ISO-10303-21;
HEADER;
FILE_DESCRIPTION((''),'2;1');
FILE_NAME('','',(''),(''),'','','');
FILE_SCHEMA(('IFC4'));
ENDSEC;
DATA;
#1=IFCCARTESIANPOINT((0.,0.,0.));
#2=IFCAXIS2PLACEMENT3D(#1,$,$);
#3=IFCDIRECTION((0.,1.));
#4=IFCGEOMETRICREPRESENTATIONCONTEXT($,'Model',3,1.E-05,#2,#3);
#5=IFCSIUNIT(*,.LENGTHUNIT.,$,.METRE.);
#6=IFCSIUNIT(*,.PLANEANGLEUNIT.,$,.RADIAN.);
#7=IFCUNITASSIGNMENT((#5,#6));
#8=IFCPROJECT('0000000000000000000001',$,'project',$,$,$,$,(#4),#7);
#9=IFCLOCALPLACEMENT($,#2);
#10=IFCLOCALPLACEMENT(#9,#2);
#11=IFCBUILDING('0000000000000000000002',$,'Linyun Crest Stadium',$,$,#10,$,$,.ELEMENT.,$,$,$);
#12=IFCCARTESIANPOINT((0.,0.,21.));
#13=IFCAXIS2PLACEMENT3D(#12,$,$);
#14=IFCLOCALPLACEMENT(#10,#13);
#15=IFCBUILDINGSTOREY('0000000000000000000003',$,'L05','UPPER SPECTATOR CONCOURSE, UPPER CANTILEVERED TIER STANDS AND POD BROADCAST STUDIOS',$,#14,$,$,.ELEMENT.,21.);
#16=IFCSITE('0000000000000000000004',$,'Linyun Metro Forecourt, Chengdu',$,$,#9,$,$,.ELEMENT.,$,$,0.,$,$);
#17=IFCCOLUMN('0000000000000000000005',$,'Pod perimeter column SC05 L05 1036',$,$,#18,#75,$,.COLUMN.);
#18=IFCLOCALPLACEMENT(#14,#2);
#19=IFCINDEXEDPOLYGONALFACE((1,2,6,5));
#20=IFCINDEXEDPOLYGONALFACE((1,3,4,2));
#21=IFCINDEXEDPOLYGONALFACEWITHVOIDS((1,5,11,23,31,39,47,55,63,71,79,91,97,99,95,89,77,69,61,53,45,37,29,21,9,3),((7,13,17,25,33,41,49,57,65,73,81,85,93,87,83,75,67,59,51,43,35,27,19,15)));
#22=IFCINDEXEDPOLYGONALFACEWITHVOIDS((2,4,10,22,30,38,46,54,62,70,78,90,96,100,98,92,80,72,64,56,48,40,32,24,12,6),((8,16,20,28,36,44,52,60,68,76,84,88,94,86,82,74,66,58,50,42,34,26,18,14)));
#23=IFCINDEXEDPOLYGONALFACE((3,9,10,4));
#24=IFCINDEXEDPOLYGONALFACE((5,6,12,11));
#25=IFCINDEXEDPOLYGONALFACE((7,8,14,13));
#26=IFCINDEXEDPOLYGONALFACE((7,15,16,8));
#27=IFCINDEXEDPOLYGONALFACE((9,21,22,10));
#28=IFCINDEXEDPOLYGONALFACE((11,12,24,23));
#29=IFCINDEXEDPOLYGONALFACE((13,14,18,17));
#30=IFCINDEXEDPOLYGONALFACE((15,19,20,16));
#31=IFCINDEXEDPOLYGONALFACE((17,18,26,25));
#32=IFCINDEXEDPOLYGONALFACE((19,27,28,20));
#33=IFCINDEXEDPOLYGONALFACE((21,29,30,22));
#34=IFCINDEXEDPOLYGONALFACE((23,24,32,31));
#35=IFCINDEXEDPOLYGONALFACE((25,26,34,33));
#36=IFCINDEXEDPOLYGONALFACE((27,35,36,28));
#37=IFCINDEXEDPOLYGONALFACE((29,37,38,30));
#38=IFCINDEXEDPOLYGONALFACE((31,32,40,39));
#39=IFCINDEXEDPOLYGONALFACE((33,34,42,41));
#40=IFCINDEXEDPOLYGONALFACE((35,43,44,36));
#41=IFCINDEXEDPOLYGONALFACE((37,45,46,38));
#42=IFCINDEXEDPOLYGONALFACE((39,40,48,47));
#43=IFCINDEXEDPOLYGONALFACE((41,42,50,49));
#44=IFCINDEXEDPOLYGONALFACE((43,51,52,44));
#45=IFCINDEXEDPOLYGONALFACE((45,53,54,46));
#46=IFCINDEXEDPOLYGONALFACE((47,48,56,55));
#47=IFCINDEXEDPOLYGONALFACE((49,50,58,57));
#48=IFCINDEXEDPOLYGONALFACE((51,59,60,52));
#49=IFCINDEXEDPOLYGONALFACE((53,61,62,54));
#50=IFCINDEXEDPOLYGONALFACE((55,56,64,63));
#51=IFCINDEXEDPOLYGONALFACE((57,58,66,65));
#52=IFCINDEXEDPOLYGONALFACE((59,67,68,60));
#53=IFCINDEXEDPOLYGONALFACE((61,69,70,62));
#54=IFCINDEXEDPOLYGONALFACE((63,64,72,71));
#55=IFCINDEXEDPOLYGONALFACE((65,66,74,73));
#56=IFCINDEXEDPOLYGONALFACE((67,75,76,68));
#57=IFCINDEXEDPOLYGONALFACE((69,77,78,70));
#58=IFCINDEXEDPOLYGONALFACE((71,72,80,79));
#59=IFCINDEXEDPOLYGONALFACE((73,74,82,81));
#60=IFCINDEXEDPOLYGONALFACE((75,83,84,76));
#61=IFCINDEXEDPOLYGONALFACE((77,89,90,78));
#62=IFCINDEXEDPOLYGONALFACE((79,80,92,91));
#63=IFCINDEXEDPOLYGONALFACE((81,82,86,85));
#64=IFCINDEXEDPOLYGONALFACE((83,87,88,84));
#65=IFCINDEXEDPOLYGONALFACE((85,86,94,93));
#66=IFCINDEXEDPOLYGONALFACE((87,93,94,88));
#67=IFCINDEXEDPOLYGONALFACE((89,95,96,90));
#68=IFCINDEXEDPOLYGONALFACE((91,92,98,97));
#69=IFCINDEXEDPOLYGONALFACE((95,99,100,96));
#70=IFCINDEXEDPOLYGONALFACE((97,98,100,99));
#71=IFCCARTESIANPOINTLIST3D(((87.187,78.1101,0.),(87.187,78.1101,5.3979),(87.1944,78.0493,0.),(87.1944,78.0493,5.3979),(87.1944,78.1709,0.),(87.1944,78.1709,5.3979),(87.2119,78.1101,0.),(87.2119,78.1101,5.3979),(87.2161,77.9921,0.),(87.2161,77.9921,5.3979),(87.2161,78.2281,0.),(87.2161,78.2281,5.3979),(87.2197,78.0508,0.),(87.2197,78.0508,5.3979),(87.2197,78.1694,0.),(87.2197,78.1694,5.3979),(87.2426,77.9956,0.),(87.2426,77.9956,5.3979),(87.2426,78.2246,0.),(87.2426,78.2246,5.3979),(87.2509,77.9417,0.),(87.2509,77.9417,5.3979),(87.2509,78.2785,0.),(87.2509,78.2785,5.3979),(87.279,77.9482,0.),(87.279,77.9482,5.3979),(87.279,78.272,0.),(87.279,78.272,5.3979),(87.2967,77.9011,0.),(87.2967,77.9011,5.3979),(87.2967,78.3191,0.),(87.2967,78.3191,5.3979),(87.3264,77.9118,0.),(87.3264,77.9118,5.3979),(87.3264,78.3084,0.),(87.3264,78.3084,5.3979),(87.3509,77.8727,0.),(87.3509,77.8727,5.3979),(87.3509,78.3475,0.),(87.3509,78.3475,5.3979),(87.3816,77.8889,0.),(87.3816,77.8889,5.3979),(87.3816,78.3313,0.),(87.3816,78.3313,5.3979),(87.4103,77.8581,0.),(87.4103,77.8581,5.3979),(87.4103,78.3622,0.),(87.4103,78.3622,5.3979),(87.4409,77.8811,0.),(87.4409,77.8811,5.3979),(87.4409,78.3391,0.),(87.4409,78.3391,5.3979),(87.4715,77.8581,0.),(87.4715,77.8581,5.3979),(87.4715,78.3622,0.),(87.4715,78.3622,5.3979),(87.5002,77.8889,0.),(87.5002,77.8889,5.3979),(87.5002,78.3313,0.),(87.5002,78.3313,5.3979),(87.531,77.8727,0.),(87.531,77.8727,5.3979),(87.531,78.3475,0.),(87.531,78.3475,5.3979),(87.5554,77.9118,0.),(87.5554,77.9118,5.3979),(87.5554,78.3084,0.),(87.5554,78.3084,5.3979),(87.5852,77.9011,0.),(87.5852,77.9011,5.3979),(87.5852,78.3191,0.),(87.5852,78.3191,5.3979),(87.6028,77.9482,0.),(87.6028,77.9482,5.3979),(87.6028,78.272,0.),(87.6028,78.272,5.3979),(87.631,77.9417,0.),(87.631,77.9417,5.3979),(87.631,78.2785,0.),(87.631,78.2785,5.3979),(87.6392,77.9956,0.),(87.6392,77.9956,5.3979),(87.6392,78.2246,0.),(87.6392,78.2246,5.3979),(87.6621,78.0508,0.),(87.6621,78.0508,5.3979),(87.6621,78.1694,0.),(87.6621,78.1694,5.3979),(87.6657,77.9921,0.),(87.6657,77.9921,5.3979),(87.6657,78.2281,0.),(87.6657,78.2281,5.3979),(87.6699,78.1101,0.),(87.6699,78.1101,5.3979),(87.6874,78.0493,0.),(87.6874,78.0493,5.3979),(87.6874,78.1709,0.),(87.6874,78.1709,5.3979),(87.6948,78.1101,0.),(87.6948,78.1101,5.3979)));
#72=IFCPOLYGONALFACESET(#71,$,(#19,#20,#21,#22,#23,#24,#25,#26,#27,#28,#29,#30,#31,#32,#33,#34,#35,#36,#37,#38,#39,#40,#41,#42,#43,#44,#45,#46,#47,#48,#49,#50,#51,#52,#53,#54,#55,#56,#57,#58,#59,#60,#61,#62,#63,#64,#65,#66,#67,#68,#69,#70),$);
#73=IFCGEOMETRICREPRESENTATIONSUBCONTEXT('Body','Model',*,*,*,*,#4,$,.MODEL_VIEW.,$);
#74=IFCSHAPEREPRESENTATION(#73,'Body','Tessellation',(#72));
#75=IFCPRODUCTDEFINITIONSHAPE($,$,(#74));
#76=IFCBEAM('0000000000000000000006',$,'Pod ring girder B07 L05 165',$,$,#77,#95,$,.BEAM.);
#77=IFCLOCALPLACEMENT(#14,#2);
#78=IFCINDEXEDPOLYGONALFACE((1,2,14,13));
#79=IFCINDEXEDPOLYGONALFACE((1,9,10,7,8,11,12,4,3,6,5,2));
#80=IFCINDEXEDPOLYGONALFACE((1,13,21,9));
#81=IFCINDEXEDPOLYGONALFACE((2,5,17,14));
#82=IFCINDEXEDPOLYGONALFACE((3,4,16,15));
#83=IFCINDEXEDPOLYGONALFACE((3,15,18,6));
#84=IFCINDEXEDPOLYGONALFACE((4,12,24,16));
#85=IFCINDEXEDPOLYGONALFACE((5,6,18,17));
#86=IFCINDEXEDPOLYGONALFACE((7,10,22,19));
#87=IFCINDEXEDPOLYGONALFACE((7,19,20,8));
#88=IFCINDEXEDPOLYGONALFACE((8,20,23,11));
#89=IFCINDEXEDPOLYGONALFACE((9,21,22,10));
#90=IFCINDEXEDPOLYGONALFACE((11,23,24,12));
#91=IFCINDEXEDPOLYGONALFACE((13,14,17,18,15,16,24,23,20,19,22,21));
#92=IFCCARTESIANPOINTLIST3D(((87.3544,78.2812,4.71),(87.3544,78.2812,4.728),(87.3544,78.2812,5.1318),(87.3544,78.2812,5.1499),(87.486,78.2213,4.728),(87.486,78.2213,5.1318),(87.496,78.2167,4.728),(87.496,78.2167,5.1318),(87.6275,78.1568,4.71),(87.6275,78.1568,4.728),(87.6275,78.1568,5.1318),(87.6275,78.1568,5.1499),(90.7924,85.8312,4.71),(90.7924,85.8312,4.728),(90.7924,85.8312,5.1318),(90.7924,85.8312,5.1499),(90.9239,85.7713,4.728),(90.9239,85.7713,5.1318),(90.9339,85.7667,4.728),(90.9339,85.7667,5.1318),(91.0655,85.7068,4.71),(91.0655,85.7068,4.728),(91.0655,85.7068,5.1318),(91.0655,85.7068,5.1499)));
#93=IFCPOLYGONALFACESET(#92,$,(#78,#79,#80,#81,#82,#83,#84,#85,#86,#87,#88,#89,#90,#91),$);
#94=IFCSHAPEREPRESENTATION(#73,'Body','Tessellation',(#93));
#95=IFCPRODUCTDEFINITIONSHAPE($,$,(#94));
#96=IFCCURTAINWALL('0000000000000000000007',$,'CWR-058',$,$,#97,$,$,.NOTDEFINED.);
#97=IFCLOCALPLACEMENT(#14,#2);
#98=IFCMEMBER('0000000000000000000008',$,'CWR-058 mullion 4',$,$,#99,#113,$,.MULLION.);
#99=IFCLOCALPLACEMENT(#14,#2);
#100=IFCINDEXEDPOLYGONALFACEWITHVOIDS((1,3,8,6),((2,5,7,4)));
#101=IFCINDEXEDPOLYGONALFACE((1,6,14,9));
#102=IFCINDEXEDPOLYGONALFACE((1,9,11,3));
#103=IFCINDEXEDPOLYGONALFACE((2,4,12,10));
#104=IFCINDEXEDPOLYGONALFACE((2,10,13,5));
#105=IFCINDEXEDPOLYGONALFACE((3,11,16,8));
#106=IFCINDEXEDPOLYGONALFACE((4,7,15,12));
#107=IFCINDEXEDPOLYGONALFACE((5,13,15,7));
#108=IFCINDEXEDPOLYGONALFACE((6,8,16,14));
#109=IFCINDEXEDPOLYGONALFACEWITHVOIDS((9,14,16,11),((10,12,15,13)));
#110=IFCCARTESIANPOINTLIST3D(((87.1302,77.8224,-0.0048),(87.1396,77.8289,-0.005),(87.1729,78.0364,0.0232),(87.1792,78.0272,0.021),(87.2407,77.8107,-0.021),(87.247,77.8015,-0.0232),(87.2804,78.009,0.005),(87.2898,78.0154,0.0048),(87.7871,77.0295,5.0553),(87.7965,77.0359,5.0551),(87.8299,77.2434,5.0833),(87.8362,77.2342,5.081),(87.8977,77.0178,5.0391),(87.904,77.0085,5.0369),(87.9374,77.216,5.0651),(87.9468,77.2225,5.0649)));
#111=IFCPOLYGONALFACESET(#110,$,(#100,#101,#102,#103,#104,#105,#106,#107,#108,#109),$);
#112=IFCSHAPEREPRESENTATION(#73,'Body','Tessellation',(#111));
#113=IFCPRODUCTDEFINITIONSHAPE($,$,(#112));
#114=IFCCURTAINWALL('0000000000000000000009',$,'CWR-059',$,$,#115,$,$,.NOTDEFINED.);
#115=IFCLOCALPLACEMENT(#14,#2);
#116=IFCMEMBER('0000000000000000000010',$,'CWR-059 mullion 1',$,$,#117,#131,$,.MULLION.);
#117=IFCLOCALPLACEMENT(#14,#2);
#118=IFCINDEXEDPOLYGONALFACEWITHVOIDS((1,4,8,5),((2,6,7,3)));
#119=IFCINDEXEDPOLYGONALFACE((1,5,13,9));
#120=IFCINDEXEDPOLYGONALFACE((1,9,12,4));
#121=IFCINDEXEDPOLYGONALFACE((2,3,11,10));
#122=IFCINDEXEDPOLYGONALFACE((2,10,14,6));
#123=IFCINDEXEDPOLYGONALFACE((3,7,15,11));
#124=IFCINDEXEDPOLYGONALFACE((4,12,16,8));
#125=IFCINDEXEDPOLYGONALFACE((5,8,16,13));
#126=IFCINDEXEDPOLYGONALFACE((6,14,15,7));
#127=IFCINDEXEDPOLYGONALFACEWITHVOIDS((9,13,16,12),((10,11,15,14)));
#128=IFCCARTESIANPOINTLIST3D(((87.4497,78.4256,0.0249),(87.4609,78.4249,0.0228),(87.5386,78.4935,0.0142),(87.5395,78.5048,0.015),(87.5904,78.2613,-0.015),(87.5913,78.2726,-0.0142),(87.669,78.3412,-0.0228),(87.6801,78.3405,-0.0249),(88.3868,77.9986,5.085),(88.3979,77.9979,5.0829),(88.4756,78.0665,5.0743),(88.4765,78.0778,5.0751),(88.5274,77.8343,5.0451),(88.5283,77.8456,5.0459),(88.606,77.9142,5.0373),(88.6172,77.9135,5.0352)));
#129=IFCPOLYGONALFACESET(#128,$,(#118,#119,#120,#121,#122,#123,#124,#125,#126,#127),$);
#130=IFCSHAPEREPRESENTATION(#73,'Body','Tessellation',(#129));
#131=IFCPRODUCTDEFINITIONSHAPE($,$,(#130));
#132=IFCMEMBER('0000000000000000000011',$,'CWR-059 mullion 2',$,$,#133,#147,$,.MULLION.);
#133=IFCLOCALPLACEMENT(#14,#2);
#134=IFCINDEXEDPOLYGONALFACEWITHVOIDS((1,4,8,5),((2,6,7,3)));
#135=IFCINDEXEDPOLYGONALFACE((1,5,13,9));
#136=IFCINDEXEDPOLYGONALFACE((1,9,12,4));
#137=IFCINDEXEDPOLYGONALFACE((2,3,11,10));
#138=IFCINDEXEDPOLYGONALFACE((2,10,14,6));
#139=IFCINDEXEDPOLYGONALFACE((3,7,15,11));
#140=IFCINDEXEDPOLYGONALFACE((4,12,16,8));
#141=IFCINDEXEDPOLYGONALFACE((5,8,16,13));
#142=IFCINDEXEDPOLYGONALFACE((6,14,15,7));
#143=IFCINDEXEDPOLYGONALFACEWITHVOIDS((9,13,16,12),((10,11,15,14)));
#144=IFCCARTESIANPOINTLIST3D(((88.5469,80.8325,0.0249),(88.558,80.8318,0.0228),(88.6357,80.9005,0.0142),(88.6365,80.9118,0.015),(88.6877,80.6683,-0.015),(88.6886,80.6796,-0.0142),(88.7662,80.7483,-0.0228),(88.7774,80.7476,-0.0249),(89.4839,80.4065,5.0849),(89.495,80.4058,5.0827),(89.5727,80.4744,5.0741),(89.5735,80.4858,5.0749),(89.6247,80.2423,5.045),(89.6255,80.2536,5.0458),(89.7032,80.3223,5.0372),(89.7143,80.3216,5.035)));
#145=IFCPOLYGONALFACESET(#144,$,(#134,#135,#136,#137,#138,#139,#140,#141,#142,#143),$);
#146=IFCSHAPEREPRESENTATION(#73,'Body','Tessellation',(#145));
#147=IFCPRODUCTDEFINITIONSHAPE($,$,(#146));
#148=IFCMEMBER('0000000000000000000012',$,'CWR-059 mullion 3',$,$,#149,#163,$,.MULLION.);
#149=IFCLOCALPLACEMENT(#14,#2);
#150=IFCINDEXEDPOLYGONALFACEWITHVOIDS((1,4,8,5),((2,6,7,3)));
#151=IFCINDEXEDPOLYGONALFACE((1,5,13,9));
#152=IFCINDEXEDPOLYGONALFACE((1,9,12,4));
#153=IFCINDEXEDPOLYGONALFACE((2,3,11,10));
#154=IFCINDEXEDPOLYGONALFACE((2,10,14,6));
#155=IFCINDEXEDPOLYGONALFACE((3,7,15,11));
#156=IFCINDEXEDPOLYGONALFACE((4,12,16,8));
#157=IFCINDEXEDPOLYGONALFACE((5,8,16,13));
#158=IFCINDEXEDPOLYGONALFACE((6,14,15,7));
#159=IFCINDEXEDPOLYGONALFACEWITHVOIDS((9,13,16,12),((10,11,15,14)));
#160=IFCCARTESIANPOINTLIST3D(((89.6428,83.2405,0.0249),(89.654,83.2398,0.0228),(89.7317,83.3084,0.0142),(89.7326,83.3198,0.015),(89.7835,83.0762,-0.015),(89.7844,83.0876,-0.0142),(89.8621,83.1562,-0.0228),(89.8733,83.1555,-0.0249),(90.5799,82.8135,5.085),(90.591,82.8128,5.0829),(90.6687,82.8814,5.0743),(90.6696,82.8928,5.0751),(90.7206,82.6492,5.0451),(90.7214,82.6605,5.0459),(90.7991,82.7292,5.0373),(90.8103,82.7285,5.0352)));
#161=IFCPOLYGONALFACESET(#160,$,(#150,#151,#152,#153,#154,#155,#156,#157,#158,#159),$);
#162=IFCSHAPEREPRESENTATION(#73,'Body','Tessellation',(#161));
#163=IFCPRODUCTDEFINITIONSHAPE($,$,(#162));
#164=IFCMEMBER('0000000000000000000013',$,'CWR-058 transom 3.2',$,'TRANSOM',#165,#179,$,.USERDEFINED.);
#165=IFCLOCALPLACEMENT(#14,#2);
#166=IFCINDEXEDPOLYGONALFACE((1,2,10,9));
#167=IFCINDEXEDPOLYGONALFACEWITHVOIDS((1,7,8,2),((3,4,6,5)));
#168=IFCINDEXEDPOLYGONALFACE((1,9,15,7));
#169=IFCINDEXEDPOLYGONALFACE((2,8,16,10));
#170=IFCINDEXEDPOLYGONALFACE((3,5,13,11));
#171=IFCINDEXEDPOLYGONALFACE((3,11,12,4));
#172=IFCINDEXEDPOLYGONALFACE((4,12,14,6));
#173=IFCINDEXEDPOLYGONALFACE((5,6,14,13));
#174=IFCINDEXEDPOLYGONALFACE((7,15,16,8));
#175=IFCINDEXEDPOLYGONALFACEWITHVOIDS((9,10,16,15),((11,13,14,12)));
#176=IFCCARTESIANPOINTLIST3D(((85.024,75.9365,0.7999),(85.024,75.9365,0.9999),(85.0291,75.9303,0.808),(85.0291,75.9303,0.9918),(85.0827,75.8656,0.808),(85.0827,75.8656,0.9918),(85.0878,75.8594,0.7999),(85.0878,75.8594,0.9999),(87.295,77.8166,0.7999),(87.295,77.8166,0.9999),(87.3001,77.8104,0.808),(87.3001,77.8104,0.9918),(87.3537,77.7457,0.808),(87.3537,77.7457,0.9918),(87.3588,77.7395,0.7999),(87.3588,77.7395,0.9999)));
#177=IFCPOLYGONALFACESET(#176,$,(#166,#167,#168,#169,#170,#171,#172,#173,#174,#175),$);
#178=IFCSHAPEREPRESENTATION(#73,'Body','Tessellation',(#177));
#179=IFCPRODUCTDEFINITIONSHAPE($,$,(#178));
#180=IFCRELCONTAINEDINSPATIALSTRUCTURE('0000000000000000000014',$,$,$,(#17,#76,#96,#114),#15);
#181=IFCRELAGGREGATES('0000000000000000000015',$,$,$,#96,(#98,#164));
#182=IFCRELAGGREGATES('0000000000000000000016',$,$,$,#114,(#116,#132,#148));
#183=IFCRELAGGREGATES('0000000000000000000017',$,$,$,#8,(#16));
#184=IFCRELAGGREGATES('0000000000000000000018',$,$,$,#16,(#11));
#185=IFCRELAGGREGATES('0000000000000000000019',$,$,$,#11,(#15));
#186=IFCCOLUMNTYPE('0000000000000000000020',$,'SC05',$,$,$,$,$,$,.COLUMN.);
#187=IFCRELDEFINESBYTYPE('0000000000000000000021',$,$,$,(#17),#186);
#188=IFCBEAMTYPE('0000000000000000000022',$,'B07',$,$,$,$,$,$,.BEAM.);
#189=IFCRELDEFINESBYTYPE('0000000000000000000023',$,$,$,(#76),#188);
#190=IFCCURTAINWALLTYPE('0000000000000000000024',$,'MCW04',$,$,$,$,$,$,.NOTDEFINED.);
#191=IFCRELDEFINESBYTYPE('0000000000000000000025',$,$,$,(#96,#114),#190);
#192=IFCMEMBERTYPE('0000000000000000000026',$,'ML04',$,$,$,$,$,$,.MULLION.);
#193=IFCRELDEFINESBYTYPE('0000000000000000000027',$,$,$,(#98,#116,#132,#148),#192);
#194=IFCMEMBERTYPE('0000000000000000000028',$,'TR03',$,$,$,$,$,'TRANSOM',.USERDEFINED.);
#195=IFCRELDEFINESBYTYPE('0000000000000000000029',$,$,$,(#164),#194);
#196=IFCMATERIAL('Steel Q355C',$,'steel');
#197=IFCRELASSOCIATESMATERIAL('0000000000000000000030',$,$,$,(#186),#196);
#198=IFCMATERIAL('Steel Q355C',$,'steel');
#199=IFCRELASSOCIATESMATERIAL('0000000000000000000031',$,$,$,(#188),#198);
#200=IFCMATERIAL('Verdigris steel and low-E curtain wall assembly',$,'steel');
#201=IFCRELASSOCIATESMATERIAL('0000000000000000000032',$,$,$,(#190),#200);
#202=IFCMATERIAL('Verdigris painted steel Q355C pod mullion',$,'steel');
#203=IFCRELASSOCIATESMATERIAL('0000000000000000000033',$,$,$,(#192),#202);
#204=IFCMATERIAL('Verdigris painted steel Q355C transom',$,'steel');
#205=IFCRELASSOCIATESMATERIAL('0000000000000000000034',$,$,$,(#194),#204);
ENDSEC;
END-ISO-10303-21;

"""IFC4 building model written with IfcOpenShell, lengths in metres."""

from ifc_helpers import new_model, si_unit, direction, frame, origin, origin_2d, place, context, subcontext, project, spatial, hollow_rectangle, hollow_circle, i_section, extrude, material, material_profile, profile_set, type_object, element, aggregate, save


model = new_model("IFC4")

# Units and contexts
model_context = context("Model", 3, precision=1e-05, world=origin(), true_north=direction((0.0, 1.0)))
body_context = subcontext(model_context, "Body", "Model", "MODEL_VIEW")
ifc_project = project(units=[si_unit("LENGTHUNIT", "METRE"), si_unit("PLANEANGLEUNIT", "RADIAN")], contexts=[model_context])

# Site, building, storey
site_placement = place(None, origin())
site = spatial("IfcSite", under=ifc_project, at=site_placement, Name="Linyun Metro Forecourt, Chengdu", CompositionType="ELEMENT", RefElevation=0.0)
building_placement = place(site_placement, origin())
building = spatial("IfcBuilding", under=site, at=building_placement, Name="Linyun Crest Stadium", CompositionType="ELEMENT")
storey_placement = place(building_placement, frame((0.0, 0.0, 21.0)))
storey = spatial("IfcBuildingStorey", under=building, at=storey_placement, Name="L05", Description="UPPER SPECTATOR CONCOURSE, UPPER CANTILEVERED TIER STANDS AND POD BROADCAST STUDIOS", CompositionType="ELEMENT", Elevation=21.0)

# Column
ifc_material_1 = material(Name="Steel Q355C", Category="steel")
ifc_material_profile_1 = material_profile(ifc_material_1, hollow_circle(Radius=0.2539, WallThickness=0.0249, at=origin_2d()), Name="CHS 508x25")
ifc_profile_set_1 = profile_set([ifc_material_profile_1], Name="Steel Q355C")
column_type = type_object("IfcColumnType", Name="SC05", PredefinedType="COLUMN", material=ifc_profile_set_1)
column_placement = place(storey_placement, frame((87.4409, 78.1101, 0.0), z_axis=(0.0, 0.0, 1.0), x_axis=(1.0, 0.0, 0.0)))
element("IfcColumn", 1, at=column_placement, inside=storey, type_object=column_type, Name="Pod perimeter column SC05 L05 1036", PredefinedType="COLUMN", context=body_context, shape_type="SweptSolid", body=[
    extrude(hollow_circle(Radius=0.2539, WallThickness=0.0249, at=origin_2d()), origin(), (0.0, 0.0, 1.0), 5.3979),
])

# Beam
ifc_material_2 = material(Name="Steel Q355C", Category="steel")
ifc_material_profile_2 = material_profile(ifc_material_2, i_section(OverallWidth=0.3, OverallDepth=0.4399, WebThickness=0.011, FlangeThickness=0.0181, at=origin_2d()), Name="HM 440x300")
ifc_profile_set_2 = profile_set([ifc_material_profile_2], Name="Steel Q355C")
beam_type = type_object("IfcBeamType", Name="B07", PredefinedType="BEAM", material=ifc_profile_set_2)
beam_placement = place(storey_placement, frame((87.491, 78.219, 4.9299), z_axis=(0.414417, 0.910087, 0.0), x_axis=(-0.910087, 0.414417, 0.0)))
element("IfcBeam", 2, at=beam_placement, inside=storey, type_object=beam_type, Name="Pod ring girder B07 L05 165", PredefinedType="BEAM", context=body_context, shape_type="SweptSolid", body=[
    extrude(i_section(OverallWidth=0.3, OverallDepth=0.4399, WebThickness=0.011, FlangeThickness=0.0181, at=origin_2d()), origin(), (0.0, 0.0, 1.0), 8.2959),
])

# Curtain wall, member
ifc_material_3 = material(Name="Verdigris steel and low-E curtain wall assembly", Category="steel")
curtain_wall_type = type_object("IfcCurtainWallType", Name="MCW04", PredefinedType="NOTDEFINED", material=ifc_material_3)
curtain_wall_1_placement = place(storey_placement, origin())
curtain_wall_1 = element("IfcCurtainWall", 3, at=curtain_wall_1_placement, inside=storey, type_object=curtain_wall_type, Name="CWR-058", PredefinedType="NOTDEFINED")
ifc_material_4 = material(Name="Verdigris painted steel Q355C pod mullion", Category="steel")
ifc_material_profile_3 = material_profile(ifc_material_4, hollow_rectangle(XDim=0.1201, YDim=0.22, WallThickness=0.0081, at=origin_2d()), Name="RHS 220x120x8")
ifc_profile_set_3 = profile_set([ifc_material_profile_3], Name="Verdigris painted steel Q355C pod mullion")
member_type_1 = type_object("IfcMemberType", Name="ML04", PredefinedType="MULLION", material=ifc_profile_set_3)
member_1_placement = place(storey_placement, frame((87.21, 77.9189, 0.0), z_axis=(0.127229, -0.153564, 0.979914), x_axis=(-0.972619, 0.174403, 0.153613)))
member_1 = element("IfcMember", 4, at=member_1_placement, type_object=member_type_1, Name="CWR-058 mullion 4", PredefinedType="MULLION", context=body_context, shape_type="SweptSolid", body=[
    extrude(hollow_rectangle(XDim=0.1201, YDim=0.22, WallThickness=0.0081, at=origin_2d()), origin(), (0.0, 0.0, 1.0), 5.1638),
])

# Curtain wall, members
curtain_wall_2_placement = place(storey_placement, origin())
curtain_wall_2 = element("IfcCurtainWall", 5, at=curtain_wall_2_placement, inside=storey, type_object=curtain_wall_type, Name="CWR-059", PredefinedType="NOTDEFINED")
member_2_placement = place(storey_placement, frame((87.5649, 78.3831, 0.0), z_axis=(0.181459, -0.082692, 0.979916), x_axis=(-0.747008, -0.659656, 0.082663)))
member_2 = element("IfcMember", 6, at=member_2_placement, type_object=member_type_1, Name="CWR-059 mullion 1", PredefinedType="MULLION", context=body_context, shape_type="SweptSolid", body=[
    extrude(hollow_rectangle(XDim=0.1201, YDim=0.22, WallThickness=0.0081, at=origin_2d()), origin(), (0.0, 0.0, 1.0), 5.1638),
])
member_3_placement = place(storey_placement, frame((88.6621, 80.79, 0.0), z_axis=(0.181462, -0.082504, 0.979931), x_axis=(-0.746444, -0.660298, 0.082632)))
member_3 = element("IfcMember", 7, at=member_3_placement, type_object=member_type_1, Name="CWR-059 mullion 2", PredefinedType="MULLION", context=body_context, shape_type="SweptSolid", body=[
    extrude(hollow_rectangle(XDim=0.1201, YDim=0.22, WallThickness=0.0081, at=origin_2d()), origin(), (0.0, 0.0, 1.0), 5.1636),
])
member_4_placement = place(storey_placement, frame((89.7581, 83.198, 0.0), z_axis=(0.181459, -0.082692, 0.979916), x_axis=(-0.747008, -0.659656, 0.082663)))
member_4 = element("IfcMember", 8, at=member_4_placement, type_object=member_type_1, Name="CWR-059 mullion 3", PredefinedType="MULLION", context=body_context, shape_type="SweptSolid", body=[
    extrude(hollow_rectangle(XDim=0.1201, YDim=0.22, WallThickness=0.0081, at=origin_2d()), origin(), (0.0, 0.0, 1.0), 5.1638),
])

# Member
ifc_material_5 = material(Name="Verdigris painted steel Q355C transom", Category="steel")
ifc_material_profile_4 = material_profile(ifc_material_5, hollow_rectangle(XDim=0.1001, YDim=0.2, WallThickness=0.0081, at=origin_2d()), Name="RHS 200x100x8")
ifc_profile_set_4 = profile_set([ifc_material_profile_4], Name="Verdigris painted steel Q355C transom")
member_type_2 = type_object("IfcMemberType", Name="TR03", ElementType="TRANSOM", PredefinedType="USERDEFINED", material=ifc_profile_set_4)
member_5_placement = place(storey_placement, frame((85.0559, 75.8979, 0.8999), z_axis=(0.770281, 0.637705, 0.0), x_axis=(-0.637705, 0.770281, 0.0)))
member_5 = element("IfcMember", 9, at=member_5_placement, type_object=member_type_2, Name="CWR-058 transom 3.2", ObjectType="TRANSOM", PredefinedType="USERDEFINED", context=body_context, shape_type="SweptSolid", body=[
    extrude(hollow_rectangle(XDim=0.1001, YDim=0.2, WallThickness=0.0081, at=origin_2d()), origin(), (0.0, 0.0, 1.0), 2.9482),
])

aggregate(curtain_wall_1, [member_1, member_5])
aggregate(curtain_wall_2, [member_2, member_3, member_4])

save(model, "model.ifc")
